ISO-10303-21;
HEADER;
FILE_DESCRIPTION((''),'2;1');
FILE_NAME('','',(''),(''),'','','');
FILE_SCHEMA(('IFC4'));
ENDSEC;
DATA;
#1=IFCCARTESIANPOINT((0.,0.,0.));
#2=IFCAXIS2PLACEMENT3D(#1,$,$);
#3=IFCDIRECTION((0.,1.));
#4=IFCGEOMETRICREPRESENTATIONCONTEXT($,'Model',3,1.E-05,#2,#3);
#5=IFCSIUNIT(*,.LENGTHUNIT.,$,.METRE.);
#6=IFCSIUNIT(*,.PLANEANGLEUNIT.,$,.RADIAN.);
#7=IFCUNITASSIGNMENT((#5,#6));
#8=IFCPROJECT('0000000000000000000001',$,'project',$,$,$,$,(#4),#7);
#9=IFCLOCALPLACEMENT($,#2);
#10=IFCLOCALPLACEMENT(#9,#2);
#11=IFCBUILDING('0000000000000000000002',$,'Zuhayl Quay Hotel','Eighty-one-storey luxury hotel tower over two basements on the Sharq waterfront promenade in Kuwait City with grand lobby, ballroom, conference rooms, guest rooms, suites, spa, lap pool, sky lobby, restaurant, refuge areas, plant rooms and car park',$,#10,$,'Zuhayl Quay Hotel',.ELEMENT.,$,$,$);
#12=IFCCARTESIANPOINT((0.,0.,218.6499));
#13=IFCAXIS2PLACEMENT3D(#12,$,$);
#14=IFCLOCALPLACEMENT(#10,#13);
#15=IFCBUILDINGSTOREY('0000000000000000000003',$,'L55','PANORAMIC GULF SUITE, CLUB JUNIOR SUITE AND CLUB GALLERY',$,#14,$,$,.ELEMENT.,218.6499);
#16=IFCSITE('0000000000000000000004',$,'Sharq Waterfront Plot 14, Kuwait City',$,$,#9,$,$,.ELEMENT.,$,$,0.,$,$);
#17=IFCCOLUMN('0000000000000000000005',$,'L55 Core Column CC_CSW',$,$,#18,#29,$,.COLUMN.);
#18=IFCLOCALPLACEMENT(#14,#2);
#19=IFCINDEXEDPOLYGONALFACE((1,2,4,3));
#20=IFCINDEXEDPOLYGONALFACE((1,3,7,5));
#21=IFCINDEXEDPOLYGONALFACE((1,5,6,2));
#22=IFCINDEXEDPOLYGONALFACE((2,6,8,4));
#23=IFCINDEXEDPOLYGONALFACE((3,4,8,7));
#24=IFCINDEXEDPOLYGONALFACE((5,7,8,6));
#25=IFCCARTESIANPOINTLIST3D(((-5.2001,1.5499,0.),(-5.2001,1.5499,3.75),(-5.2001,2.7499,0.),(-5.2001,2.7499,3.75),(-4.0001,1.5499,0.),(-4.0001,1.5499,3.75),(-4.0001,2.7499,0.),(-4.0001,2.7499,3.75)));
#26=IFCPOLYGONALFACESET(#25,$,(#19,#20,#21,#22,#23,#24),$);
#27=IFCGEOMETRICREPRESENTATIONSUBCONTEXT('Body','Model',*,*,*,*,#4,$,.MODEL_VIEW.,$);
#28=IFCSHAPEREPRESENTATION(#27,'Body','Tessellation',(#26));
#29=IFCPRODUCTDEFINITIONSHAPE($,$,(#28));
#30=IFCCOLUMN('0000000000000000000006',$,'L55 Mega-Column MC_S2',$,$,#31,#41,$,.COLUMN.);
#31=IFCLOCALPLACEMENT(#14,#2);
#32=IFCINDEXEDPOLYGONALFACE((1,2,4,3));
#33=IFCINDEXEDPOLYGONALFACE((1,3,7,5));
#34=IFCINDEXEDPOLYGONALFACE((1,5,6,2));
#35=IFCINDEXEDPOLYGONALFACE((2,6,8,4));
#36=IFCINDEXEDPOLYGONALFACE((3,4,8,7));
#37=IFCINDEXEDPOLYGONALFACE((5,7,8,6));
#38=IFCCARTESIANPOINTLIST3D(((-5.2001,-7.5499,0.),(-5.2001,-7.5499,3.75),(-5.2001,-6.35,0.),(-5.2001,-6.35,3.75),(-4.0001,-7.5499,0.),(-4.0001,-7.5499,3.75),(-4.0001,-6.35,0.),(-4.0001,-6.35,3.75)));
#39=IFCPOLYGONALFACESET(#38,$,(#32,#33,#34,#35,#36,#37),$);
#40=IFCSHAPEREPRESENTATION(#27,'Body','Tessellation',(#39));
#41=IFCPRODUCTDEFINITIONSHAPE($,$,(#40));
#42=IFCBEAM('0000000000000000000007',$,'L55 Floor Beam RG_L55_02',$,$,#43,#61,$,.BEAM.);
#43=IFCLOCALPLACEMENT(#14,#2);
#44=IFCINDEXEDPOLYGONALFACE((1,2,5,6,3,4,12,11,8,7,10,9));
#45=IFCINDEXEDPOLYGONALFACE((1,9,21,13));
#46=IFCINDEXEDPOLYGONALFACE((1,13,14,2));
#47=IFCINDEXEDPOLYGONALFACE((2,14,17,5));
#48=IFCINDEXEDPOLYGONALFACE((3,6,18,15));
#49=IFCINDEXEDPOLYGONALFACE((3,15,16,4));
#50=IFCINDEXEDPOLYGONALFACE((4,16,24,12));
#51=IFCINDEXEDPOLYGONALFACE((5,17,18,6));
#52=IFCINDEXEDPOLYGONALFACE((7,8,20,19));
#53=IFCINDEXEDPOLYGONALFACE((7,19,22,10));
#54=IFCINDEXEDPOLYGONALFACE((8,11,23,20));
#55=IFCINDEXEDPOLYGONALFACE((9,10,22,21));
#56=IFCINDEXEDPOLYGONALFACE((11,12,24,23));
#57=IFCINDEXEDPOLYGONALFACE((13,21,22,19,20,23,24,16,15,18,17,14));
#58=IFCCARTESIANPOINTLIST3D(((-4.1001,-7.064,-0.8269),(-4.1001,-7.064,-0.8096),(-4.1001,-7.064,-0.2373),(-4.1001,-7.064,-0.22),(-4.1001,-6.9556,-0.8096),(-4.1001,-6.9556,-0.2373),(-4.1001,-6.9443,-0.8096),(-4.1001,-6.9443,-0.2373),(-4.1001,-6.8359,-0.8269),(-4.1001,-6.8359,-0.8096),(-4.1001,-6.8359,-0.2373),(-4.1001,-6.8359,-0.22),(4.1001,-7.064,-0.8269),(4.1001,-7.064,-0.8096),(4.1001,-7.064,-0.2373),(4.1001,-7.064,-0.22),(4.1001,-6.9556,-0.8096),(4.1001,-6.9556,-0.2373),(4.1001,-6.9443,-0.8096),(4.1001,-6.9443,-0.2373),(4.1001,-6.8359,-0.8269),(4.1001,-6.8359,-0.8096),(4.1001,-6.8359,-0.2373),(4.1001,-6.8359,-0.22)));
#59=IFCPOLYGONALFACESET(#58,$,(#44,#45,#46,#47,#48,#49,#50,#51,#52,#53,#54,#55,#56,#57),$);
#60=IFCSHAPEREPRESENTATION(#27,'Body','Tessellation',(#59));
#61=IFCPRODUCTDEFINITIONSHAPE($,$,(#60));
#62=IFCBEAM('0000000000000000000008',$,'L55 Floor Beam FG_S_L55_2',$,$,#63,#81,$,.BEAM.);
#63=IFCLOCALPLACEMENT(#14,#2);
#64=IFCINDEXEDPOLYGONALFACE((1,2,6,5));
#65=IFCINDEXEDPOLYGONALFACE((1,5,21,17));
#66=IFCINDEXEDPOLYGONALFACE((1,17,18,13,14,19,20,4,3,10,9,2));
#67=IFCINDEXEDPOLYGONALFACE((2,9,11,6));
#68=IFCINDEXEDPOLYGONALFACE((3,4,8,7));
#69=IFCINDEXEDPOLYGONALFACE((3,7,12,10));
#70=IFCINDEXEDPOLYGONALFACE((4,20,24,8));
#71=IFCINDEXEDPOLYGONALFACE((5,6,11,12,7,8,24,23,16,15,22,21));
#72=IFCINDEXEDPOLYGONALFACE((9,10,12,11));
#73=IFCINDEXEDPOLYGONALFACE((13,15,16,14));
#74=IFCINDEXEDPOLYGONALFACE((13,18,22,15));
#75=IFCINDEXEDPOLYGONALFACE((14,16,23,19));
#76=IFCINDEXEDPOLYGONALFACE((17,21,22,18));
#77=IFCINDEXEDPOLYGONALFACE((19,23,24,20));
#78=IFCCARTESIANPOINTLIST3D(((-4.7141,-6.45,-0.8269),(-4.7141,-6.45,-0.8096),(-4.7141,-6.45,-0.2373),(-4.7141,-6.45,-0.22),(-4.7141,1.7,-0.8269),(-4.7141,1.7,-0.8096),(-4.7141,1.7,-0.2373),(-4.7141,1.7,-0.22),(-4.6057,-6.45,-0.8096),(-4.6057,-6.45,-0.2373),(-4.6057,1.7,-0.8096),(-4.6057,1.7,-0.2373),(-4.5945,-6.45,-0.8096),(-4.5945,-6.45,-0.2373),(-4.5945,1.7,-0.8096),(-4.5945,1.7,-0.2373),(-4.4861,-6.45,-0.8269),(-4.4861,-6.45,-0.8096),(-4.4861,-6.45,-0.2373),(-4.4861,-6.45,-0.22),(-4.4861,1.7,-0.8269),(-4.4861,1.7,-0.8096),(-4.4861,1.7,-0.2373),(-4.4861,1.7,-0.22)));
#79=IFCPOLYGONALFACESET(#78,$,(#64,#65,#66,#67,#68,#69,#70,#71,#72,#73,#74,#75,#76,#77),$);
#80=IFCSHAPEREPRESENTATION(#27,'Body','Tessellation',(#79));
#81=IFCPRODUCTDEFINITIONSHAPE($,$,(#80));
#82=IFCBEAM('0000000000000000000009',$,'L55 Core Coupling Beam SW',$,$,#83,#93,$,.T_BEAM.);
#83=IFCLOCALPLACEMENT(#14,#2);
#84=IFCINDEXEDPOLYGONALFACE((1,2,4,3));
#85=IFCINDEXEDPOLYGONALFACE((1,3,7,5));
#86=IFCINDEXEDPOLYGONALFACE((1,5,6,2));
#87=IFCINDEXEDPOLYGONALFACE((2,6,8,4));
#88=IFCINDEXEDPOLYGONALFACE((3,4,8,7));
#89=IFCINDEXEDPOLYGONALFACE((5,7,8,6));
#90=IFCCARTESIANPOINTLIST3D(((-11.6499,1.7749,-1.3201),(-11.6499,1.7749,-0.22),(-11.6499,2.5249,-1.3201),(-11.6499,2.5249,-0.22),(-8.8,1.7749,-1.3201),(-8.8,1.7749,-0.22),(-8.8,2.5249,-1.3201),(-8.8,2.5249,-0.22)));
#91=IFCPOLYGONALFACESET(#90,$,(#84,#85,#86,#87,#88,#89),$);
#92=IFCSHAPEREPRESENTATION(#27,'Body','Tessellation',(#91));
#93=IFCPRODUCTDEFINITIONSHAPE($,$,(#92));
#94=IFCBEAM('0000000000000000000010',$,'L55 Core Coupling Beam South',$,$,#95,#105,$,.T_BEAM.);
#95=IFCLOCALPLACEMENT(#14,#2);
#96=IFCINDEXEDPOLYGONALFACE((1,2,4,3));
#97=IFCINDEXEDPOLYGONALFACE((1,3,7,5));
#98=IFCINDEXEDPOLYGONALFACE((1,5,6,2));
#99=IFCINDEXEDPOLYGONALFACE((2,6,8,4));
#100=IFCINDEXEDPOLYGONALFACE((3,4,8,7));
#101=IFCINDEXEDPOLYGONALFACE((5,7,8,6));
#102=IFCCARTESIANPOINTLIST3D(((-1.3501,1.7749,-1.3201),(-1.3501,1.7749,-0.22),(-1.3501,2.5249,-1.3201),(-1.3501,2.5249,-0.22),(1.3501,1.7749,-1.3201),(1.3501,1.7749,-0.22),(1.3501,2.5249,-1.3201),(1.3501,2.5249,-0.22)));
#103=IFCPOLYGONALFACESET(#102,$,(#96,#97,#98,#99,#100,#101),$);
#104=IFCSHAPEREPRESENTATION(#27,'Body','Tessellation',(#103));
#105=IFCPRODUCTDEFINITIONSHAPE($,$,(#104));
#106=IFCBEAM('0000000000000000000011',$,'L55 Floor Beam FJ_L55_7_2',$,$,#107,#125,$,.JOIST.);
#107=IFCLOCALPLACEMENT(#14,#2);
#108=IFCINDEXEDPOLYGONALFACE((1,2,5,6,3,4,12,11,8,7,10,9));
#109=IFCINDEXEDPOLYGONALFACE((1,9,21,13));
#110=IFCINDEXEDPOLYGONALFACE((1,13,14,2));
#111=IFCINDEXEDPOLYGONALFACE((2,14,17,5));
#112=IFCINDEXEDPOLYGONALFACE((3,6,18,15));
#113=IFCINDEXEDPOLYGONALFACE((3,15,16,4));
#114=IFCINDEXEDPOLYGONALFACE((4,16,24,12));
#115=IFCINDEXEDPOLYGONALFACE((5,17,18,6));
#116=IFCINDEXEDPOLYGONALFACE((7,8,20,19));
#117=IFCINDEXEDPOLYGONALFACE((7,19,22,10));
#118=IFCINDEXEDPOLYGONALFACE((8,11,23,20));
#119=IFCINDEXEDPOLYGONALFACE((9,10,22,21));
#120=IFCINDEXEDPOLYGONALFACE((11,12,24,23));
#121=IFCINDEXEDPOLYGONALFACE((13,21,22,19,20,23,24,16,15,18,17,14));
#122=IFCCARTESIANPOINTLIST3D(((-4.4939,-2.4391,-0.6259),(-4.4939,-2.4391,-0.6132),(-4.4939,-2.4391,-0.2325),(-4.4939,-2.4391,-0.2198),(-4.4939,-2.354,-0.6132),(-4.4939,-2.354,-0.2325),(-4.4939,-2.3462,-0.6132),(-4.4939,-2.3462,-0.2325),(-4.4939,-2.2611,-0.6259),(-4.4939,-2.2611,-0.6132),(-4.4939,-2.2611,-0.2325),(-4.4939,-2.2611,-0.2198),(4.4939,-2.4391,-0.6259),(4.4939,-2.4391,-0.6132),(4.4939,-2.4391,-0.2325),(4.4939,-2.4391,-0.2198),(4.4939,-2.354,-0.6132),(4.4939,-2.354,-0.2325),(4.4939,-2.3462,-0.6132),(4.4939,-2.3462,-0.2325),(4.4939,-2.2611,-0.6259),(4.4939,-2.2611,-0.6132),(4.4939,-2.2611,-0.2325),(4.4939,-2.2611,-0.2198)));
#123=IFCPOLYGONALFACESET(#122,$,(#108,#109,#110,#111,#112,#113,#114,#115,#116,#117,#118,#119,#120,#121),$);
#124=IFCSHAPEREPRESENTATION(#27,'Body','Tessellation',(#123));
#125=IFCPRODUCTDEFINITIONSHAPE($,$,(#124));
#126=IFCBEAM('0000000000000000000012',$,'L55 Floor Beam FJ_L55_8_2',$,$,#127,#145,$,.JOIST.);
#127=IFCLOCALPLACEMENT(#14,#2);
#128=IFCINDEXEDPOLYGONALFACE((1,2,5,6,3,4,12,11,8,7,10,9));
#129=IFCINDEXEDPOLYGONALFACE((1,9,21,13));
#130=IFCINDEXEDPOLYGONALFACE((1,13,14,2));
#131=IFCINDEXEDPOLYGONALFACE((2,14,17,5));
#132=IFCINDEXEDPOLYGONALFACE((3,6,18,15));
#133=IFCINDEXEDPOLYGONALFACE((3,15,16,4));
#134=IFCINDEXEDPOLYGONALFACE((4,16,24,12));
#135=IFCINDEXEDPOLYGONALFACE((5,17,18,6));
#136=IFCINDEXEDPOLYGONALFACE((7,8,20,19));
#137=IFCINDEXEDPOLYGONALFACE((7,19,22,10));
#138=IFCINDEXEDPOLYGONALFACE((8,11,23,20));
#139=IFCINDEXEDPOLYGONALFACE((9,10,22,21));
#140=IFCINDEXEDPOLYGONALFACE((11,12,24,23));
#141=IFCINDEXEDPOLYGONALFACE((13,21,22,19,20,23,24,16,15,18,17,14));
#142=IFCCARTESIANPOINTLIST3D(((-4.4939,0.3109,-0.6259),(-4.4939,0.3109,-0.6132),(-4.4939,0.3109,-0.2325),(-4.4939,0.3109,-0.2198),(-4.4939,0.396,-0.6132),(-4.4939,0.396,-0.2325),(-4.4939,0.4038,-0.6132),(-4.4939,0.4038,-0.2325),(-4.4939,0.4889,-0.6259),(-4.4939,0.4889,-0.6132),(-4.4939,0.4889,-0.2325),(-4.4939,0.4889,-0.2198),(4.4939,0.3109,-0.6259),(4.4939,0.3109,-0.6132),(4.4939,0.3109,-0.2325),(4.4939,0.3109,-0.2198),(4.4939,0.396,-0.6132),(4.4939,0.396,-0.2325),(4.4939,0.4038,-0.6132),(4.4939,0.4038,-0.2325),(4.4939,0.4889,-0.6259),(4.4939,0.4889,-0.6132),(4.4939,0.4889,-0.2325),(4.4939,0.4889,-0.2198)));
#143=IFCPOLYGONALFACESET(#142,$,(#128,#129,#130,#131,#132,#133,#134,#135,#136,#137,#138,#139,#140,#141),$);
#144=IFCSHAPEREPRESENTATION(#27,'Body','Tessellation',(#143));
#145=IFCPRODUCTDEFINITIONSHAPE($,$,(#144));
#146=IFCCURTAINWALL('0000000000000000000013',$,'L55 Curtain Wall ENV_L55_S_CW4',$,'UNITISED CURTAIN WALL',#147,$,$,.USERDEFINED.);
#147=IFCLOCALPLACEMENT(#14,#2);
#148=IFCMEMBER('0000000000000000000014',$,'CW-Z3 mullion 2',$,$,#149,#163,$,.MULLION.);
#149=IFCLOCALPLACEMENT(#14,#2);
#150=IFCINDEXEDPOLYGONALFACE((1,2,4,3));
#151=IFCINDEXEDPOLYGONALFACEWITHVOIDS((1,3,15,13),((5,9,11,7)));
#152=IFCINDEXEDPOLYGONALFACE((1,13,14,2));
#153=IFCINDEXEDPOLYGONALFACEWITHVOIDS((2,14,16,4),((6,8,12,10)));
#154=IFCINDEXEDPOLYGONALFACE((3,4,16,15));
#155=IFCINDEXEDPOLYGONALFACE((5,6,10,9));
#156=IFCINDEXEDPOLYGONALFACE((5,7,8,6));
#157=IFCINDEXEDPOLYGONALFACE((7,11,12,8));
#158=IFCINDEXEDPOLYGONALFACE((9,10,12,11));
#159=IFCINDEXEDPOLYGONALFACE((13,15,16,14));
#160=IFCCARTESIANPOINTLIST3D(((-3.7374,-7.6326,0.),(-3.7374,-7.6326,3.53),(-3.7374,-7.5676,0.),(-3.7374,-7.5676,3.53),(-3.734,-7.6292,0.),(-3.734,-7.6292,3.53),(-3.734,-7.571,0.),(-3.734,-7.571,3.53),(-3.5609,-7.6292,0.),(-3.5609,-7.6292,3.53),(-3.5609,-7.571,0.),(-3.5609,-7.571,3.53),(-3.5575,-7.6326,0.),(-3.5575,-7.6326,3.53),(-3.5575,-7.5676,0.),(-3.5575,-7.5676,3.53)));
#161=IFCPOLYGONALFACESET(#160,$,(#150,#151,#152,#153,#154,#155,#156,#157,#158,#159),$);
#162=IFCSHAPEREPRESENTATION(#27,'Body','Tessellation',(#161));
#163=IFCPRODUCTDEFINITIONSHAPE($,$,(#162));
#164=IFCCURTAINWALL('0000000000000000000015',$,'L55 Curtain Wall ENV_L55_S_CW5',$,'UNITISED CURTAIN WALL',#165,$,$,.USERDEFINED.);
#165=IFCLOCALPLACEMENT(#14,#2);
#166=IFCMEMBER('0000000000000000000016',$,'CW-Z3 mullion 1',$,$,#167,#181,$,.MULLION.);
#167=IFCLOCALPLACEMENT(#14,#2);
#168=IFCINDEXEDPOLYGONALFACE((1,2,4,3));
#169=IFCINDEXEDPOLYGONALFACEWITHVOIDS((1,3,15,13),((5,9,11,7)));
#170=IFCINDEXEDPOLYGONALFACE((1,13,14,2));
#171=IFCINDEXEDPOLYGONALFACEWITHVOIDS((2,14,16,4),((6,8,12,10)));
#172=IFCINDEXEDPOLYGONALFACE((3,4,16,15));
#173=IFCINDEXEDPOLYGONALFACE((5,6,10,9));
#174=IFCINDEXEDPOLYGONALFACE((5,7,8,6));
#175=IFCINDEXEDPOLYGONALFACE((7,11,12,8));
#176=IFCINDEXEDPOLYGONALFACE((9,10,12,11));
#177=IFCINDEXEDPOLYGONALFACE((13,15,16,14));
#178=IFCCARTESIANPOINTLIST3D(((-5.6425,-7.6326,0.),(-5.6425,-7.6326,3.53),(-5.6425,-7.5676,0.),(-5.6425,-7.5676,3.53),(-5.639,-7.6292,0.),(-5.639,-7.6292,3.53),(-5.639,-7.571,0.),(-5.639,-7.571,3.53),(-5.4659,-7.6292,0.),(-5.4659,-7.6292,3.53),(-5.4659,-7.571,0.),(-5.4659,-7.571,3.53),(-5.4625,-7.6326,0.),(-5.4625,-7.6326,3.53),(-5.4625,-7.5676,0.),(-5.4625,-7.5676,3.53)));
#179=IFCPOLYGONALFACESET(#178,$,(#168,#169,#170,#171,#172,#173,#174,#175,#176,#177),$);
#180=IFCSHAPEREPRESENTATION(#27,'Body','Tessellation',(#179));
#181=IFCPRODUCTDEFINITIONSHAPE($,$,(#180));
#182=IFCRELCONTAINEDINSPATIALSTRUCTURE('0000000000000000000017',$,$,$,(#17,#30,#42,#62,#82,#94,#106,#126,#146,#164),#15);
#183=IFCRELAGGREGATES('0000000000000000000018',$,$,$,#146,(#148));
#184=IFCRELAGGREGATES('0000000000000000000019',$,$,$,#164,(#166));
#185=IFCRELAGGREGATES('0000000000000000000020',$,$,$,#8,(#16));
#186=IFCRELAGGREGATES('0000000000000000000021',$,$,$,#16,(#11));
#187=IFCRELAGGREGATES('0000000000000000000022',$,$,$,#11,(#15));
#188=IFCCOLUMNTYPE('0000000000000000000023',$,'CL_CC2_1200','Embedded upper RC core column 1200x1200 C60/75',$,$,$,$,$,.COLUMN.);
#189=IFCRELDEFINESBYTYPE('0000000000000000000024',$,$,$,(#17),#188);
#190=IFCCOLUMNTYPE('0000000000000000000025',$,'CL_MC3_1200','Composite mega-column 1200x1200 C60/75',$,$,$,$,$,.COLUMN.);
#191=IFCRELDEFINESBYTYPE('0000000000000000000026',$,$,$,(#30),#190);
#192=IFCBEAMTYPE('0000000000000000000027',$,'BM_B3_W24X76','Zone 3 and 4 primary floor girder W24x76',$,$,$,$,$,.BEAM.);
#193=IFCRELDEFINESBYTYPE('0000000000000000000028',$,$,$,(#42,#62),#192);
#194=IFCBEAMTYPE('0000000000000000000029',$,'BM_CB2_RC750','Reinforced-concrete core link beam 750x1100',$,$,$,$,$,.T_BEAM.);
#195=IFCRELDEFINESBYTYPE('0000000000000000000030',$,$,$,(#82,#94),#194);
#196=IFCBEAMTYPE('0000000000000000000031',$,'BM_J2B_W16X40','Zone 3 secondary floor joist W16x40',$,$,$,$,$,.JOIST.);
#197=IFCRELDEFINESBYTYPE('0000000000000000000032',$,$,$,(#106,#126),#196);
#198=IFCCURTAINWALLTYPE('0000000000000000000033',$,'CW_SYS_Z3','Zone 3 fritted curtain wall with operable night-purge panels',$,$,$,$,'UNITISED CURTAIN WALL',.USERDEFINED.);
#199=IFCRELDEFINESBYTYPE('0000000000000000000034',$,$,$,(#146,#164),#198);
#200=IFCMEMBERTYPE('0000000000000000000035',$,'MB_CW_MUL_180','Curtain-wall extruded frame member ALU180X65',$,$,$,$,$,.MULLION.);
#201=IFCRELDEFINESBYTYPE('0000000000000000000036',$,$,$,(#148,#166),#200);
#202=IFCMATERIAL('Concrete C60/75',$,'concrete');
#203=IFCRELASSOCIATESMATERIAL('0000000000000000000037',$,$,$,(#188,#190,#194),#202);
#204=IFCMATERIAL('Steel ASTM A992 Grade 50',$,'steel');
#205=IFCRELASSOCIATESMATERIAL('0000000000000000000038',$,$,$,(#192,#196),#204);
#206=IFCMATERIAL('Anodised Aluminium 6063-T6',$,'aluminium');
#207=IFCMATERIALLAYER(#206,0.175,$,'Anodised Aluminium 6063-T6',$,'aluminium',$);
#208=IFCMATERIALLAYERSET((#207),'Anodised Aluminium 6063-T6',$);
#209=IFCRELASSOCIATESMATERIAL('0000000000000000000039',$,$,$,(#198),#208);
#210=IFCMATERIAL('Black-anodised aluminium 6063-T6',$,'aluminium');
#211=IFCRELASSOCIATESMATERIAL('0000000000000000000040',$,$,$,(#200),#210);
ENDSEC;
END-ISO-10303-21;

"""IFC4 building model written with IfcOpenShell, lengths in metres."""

from ifc_helpers import new_model, si_unit, direction, frame, origin, origin_2d, place, context, subcontext, project, spatial, rectangle, hollow_rectangle, i_section, extrude, material, layer, layer_set, material_profile, profile_set, type_object, element, aggregate, save


model = new_model("IFC4")

# Units and contexts
model_context = context("Model", 3, precision=1e-05, world=origin(), true_north=direction((0.0, 1.0)))
body_context = subcontext(model_context, "Body", "Model", "MODEL_VIEW")
ifc_project = project(units=[si_unit("LENGTHUNIT", "METRE"), si_unit("PLANEANGLEUNIT", "RADIAN")], contexts=[model_context])

# Site, building, storey
site_placement = place(None, origin())
site = spatial("IfcSite", under=ifc_project, at=site_placement, Name="Sharq Waterfront Plot 14, Kuwait City", CompositionType="ELEMENT", RefElevation=0.0)
building_placement = place(site_placement, origin())
building = spatial("IfcBuilding", under=site, at=building_placement, Name="Zuhayl Quay Hotel", Description="Eighty-one-storey luxury hotel tower over two basements on the Sharq waterfront promenade in Kuwait City with grand lobby, ballroom, conference rooms, guest rooms, suites, spa, lap pool, sky lobby, restaurant, refuge areas, plant rooms and car park", LongName="Zuhayl Quay Hotel", CompositionType="ELEMENT")
storey_placement = place(building_placement, frame((0.0, 0.0, 218.6499)))
storey = spatial("IfcBuildingStorey", under=building, at=storey_placement, Name="L55", Description="PANORAMIC GULF SUITE, CLUB JUNIOR SUITE AND CLUB GALLERY", CompositionType="ELEMENT", Elevation=218.6499)

# Columns
ifc_material_1 = material(Name="Concrete C60/75", Category="concrete")
ifc_material_profile_1 = material_profile(ifc_material_1, rectangle(XDim=1.2, YDim=1.2, at=origin_2d()), Name="RC1200X1200")
ifc_profile_set_1 = profile_set([ifc_material_profile_1], Name="Concrete C60/75")
column_type_1 = type_object("IfcColumnType", Name="CL_CC2_1200", Description="Embedded upper RC core column 1200x1200 C60/75", PredefinedType="COLUMN", material=ifc_profile_set_1)
column_1_placement = place(storey_placement, frame((-4.6001, 2.1499, 0.0), z_axis=(0.0, 0.0, 1.0), x_axis=(1.0, 0.0, 0.0)))
element("IfcColumn", 1, at=column_1_placement, inside=storey, type_object=column_type_1, Name="L55 Core Column CC_CSW", PredefinedType="COLUMN", context=body_context, shape_type="SweptSolid", body=[
    extrude(rectangle(XDim=1.2, YDim=1.2, at=origin_2d()), origin(), (0.0, 0.0, 1.0), 3.75),
])
ifc_material_profile_2 = material_profile(ifc_material_1, rectangle(XDim=1.2, YDim=1.2, at=origin_2d()), Name="RC1200X1200")
ifc_profile_set_2 = profile_set([ifc_material_profile_2], Name="Concrete C60/75")
column_type_2 = type_object("IfcColumnType", Name="CL_MC3_1200", Description="Composite mega-column 1200x1200 C60/75", PredefinedType="COLUMN", material=ifc_profile_set_2)
column_2_placement = place(storey_placement, frame((-4.6001, -6.95, 0.0), z_axis=(0.0, 0.0, 1.0), x_axis=(1.0, 0.0, 0.0)))
element("IfcColumn", 2, at=column_2_placement, inside=storey, type_object=column_type_2, Name="L55 Mega-Column MC_S2", PredefinedType="COLUMN", context=body_context, shape_type="SweptSolid", body=[
    extrude(rectangle(XDim=1.2, YDim=1.2, at=origin_2d()), origin(), (0.0, 0.0, 1.0), 3.75),
])

# Beams
ifc_material_2 = material(Name="Steel ASTM A992 Grade 50", Category="steel")
ifc_material_profile_3 = material_profile(ifc_material_2, i_section(OverallWidth=0.228, OverallDepth=0.6069, WebThickness=0.0112, FlangeThickness=0.0173, at=origin_2d()), Name="W24X76")
ifc_profile_set_3 = profile_set([ifc_material_profile_3], Name="Steel ASTM A992 Grade 50")
beam_type_1 = type_object("IfcBeamType", Name="BM_B3_W24X76", Description="Zone 3 and 4 primary floor girder W24x76", PredefinedType="BEAM", material=ifc_profile_set_3)
beam_1_placement = place(storey_placement, frame((-4.1001, -6.95, -0.5234), z_axis=(1.0, 0.0, 0.0), x_axis=(0.0, 1.0, 0.0)))
element("IfcBeam", 3, at=beam_1_placement, inside=storey, type_object=beam_type_1, Name="L55 Floor Beam RG_L55_02", PredefinedType="BEAM", context=body_context, shape_type="SweptSolid", body=[
    extrude(i_section(OverallWidth=0.228, OverallDepth=0.6069, WebThickness=0.0112, FlangeThickness=0.0173, at=origin_2d()), origin(), (0.0, 0.0, 1.0), 8.2002),
])
beam_2_placement = place(storey_placement, frame((-4.6001, -6.45, -0.5234), z_axis=(0.0, 1.0, 0.0), x_axis=(-1.0, 0.0, 0.0)))
element("IfcBeam", 4, at=beam_2_placement, inside=storey, type_object=beam_type_1, Name="L55 Floor Beam FG_S_L55_2", PredefinedType="BEAM", context=body_context, shape_type="SweptSolid", body=[
    extrude(i_section(OverallWidth=0.228, OverallDepth=0.6069, WebThickness=0.0112, FlangeThickness=0.0173, at=origin_2d()), origin(), (0.0, 0.0, 1.0), 8.1499),
])
ifc_material_profile_4 = material_profile(ifc_material_1, rectangle(XDim=0.75, YDim=1.1001, at=origin_2d()), Name="RC750X1100")
ifc_profile_set_4 = profile_set([ifc_material_profile_4], Name="Concrete C60/75")
beam_type_2 = type_object("IfcBeamType", Name="BM_CB2_RC750", Description="Reinforced-concrete core link beam 750x1100", PredefinedType="T_BEAM", material=ifc_profile_set_4)
beam_3_placement = place(storey_placement, frame((-11.6499, 2.1499, -0.77), z_axis=(1.0, 0.0, 0.0), x_axis=(0.0, 1.0, 0.0)))
element("IfcBeam", 5, at=beam_3_placement, inside=storey, type_object=beam_type_2, Name="L55 Core Coupling Beam SW", PredefinedType="T_BEAM", context=body_context, shape_type="SweptSolid", body=[
    extrude(rectangle(XDim=0.75, YDim=1.1001, at=origin_2d()), origin(), (0.0, 0.0, 1.0), 2.8499),
])
beam_4_placement = place(storey_placement, frame((-1.3501, 2.1499, -0.77), z_axis=(1.0, 0.0, 0.0), x_axis=(0.0, 1.0, 0.0)))
element("IfcBeam", 6, at=beam_4_placement, inside=storey, type_object=beam_type_2, Name="L55 Core Coupling Beam South", PredefinedType="T_BEAM", context=body_context, shape_type="SweptSolid", body=[
    extrude(rectangle(XDim=0.75, YDim=1.1001, at=origin_2d()), origin(), (0.0, 0.0, 1.0), 2.7002),
])
ifc_material_profile_5 = material_profile(ifc_material_2, i_section(OverallWidth=0.178, OverallDepth=0.406, WebThickness=0.0078, FlangeThickness=0.0127, at=origin_2d()), Name="W16X40")
ifc_profile_set_5 = profile_set([ifc_material_profile_5], Name="Steel ASTM A992 Grade 50")
beam_type_3 = type_object("IfcBeamType", Name="BM_J2B_W16X40", Description="Zone 3 secondary floor joist W16x40", PredefinedType="JOIST", material=ifc_profile_set_5)
for number, where, z_axis, x_axis, name in (
    (7, (-4.4939, -2.3501, -0.4229), (1.0, 0.0, 0.0), (0.0, 1.0, 0.0), "L55 Floor Beam FJ_L55_7_2"),
    (8, (-4.4939, 0.3999, -0.4229), (1.0, 0.0, 0.0), (0.0, 1.0, 0.0), "L55 Floor Beam FJ_L55_8_2"),
):
    element("IfcBeam", number, at=place(storey_placement, frame(where, z_axis=z_axis, x_axis=x_axis)), inside=storey, type_object=beam_type_3, Name=name, PredefinedType="JOIST", context=body_context, shape_type="SweptSolid", body=[
        extrude(i_section(OverallWidth=0.178, OverallDepth=0.406, WebThickness=0.0078, FlangeThickness=0.0127, at=origin_2d()), origin(), (0.0, 0.0, 1.0), 8.9878),
    ])

# Curtain wall, member
ifc_material_3 = material(Name="Anodised Aluminium 6063-T6", Category="aluminium")
ifc_layer_1 = layer(ifc_material_3, 0.175, Name="Anodised Aluminium 6063-T6", Category="aluminium")
ifc_layer_set_1 = layer_set([ifc_layer_1], Name="Anodised Aluminium 6063-T6")
curtain_wall_type = type_object("IfcCurtainWallType", Name="CW_SYS_Z3", Description="Zone 3 fritted curtain wall with operable night-purge panels", ElementType="UNITISED CURTAIN WALL", PredefinedType="USERDEFINED", material=ifc_layer_set_1)
curtain_wall_1_placement = place(storey_placement, origin())
curtain_wall_1 = element("IfcCurtainWall", 9, at=curtain_wall_1_placement, inside=storey, type_object=curtain_wall_type, Name="L55 Curtain Wall ENV_L55_S_CW4", ObjectType="UNITISED CURTAIN WALL", PredefinedType="USERDEFINED")
ifc_material_4 = material(Name="Black-anodised aluminium 6063-T6", Category="aluminium")
ifc_material_profile_6 = material_profile(ifc_material_4, hollow_rectangle(XDim=0.0649, YDim=0.1799, WallThickness=0.0034, at=origin_2d()), Name="ALU180X65")
ifc_profile_set_6 = profile_set([ifc_material_profile_6], Name="Black-anodised aluminium 6063-T6")
member_type_1 = type_object("IfcMemberType", Name="MB_CW_MUL_180", Description="Curtain-wall extruded frame member ALU180X65", PredefinedType="MULLION", material=ifc_profile_set_6)
member_1_placement = place(storey_placement, frame((-3.6475, -7.6001, 0.0), z_axis=(0.0, 0.0, 1.0), x_axis=(0.0, -1.0, 0.0)))
member_1 = element("IfcMember", 10, at=member_1_placement, type_object=member_type_1, Name="CW-Z3 mullion 2", PredefinedType="MULLION", context=body_context, shape_type="SweptSolid", body=[
    extrude(hollow_rectangle(XDim=0.0649, YDim=0.1799, WallThickness=0.0034, at=origin_2d()), origin(), (0.0, 0.0, 1.0), 3.53),
])

# Curtain wall, member
curtain_wall_2_placement = place(storey_placement, origin())
curtain_wall_2 = element("IfcCurtainWall", 11, at=curtain_wall_2_placement, inside=storey, type_object=curtain_wall_type, Name="L55 Curtain Wall ENV_L55_S_CW5", ObjectType="UNITISED CURTAIN WALL", PredefinedType="USERDEFINED")
member_2_placement = place(storey_placement, frame((-5.5525, -7.6001, 0.0), z_axis=(0.0, 0.0, 1.0), x_axis=(0.0, -1.0, 0.0)))
member_2 = element("IfcMember", 12, at=member_2_placement, type_object=member_type_1, Name="CW-Z3 mullion 1", PredefinedType="MULLION", context=body_context, shape_type="SweptSolid", body=[
    extrude(hollow_rectangle(XDim=0.0649, YDim=0.1799, WallThickness=0.0034, at=origin_2d()), origin(), (0.0, 0.0, 1.0), 3.53),
])

aggregate(curtain_wall_1, [member_1])
aggregate(curtain_wall_2, [member_2])

save(model, "model.ifc")
